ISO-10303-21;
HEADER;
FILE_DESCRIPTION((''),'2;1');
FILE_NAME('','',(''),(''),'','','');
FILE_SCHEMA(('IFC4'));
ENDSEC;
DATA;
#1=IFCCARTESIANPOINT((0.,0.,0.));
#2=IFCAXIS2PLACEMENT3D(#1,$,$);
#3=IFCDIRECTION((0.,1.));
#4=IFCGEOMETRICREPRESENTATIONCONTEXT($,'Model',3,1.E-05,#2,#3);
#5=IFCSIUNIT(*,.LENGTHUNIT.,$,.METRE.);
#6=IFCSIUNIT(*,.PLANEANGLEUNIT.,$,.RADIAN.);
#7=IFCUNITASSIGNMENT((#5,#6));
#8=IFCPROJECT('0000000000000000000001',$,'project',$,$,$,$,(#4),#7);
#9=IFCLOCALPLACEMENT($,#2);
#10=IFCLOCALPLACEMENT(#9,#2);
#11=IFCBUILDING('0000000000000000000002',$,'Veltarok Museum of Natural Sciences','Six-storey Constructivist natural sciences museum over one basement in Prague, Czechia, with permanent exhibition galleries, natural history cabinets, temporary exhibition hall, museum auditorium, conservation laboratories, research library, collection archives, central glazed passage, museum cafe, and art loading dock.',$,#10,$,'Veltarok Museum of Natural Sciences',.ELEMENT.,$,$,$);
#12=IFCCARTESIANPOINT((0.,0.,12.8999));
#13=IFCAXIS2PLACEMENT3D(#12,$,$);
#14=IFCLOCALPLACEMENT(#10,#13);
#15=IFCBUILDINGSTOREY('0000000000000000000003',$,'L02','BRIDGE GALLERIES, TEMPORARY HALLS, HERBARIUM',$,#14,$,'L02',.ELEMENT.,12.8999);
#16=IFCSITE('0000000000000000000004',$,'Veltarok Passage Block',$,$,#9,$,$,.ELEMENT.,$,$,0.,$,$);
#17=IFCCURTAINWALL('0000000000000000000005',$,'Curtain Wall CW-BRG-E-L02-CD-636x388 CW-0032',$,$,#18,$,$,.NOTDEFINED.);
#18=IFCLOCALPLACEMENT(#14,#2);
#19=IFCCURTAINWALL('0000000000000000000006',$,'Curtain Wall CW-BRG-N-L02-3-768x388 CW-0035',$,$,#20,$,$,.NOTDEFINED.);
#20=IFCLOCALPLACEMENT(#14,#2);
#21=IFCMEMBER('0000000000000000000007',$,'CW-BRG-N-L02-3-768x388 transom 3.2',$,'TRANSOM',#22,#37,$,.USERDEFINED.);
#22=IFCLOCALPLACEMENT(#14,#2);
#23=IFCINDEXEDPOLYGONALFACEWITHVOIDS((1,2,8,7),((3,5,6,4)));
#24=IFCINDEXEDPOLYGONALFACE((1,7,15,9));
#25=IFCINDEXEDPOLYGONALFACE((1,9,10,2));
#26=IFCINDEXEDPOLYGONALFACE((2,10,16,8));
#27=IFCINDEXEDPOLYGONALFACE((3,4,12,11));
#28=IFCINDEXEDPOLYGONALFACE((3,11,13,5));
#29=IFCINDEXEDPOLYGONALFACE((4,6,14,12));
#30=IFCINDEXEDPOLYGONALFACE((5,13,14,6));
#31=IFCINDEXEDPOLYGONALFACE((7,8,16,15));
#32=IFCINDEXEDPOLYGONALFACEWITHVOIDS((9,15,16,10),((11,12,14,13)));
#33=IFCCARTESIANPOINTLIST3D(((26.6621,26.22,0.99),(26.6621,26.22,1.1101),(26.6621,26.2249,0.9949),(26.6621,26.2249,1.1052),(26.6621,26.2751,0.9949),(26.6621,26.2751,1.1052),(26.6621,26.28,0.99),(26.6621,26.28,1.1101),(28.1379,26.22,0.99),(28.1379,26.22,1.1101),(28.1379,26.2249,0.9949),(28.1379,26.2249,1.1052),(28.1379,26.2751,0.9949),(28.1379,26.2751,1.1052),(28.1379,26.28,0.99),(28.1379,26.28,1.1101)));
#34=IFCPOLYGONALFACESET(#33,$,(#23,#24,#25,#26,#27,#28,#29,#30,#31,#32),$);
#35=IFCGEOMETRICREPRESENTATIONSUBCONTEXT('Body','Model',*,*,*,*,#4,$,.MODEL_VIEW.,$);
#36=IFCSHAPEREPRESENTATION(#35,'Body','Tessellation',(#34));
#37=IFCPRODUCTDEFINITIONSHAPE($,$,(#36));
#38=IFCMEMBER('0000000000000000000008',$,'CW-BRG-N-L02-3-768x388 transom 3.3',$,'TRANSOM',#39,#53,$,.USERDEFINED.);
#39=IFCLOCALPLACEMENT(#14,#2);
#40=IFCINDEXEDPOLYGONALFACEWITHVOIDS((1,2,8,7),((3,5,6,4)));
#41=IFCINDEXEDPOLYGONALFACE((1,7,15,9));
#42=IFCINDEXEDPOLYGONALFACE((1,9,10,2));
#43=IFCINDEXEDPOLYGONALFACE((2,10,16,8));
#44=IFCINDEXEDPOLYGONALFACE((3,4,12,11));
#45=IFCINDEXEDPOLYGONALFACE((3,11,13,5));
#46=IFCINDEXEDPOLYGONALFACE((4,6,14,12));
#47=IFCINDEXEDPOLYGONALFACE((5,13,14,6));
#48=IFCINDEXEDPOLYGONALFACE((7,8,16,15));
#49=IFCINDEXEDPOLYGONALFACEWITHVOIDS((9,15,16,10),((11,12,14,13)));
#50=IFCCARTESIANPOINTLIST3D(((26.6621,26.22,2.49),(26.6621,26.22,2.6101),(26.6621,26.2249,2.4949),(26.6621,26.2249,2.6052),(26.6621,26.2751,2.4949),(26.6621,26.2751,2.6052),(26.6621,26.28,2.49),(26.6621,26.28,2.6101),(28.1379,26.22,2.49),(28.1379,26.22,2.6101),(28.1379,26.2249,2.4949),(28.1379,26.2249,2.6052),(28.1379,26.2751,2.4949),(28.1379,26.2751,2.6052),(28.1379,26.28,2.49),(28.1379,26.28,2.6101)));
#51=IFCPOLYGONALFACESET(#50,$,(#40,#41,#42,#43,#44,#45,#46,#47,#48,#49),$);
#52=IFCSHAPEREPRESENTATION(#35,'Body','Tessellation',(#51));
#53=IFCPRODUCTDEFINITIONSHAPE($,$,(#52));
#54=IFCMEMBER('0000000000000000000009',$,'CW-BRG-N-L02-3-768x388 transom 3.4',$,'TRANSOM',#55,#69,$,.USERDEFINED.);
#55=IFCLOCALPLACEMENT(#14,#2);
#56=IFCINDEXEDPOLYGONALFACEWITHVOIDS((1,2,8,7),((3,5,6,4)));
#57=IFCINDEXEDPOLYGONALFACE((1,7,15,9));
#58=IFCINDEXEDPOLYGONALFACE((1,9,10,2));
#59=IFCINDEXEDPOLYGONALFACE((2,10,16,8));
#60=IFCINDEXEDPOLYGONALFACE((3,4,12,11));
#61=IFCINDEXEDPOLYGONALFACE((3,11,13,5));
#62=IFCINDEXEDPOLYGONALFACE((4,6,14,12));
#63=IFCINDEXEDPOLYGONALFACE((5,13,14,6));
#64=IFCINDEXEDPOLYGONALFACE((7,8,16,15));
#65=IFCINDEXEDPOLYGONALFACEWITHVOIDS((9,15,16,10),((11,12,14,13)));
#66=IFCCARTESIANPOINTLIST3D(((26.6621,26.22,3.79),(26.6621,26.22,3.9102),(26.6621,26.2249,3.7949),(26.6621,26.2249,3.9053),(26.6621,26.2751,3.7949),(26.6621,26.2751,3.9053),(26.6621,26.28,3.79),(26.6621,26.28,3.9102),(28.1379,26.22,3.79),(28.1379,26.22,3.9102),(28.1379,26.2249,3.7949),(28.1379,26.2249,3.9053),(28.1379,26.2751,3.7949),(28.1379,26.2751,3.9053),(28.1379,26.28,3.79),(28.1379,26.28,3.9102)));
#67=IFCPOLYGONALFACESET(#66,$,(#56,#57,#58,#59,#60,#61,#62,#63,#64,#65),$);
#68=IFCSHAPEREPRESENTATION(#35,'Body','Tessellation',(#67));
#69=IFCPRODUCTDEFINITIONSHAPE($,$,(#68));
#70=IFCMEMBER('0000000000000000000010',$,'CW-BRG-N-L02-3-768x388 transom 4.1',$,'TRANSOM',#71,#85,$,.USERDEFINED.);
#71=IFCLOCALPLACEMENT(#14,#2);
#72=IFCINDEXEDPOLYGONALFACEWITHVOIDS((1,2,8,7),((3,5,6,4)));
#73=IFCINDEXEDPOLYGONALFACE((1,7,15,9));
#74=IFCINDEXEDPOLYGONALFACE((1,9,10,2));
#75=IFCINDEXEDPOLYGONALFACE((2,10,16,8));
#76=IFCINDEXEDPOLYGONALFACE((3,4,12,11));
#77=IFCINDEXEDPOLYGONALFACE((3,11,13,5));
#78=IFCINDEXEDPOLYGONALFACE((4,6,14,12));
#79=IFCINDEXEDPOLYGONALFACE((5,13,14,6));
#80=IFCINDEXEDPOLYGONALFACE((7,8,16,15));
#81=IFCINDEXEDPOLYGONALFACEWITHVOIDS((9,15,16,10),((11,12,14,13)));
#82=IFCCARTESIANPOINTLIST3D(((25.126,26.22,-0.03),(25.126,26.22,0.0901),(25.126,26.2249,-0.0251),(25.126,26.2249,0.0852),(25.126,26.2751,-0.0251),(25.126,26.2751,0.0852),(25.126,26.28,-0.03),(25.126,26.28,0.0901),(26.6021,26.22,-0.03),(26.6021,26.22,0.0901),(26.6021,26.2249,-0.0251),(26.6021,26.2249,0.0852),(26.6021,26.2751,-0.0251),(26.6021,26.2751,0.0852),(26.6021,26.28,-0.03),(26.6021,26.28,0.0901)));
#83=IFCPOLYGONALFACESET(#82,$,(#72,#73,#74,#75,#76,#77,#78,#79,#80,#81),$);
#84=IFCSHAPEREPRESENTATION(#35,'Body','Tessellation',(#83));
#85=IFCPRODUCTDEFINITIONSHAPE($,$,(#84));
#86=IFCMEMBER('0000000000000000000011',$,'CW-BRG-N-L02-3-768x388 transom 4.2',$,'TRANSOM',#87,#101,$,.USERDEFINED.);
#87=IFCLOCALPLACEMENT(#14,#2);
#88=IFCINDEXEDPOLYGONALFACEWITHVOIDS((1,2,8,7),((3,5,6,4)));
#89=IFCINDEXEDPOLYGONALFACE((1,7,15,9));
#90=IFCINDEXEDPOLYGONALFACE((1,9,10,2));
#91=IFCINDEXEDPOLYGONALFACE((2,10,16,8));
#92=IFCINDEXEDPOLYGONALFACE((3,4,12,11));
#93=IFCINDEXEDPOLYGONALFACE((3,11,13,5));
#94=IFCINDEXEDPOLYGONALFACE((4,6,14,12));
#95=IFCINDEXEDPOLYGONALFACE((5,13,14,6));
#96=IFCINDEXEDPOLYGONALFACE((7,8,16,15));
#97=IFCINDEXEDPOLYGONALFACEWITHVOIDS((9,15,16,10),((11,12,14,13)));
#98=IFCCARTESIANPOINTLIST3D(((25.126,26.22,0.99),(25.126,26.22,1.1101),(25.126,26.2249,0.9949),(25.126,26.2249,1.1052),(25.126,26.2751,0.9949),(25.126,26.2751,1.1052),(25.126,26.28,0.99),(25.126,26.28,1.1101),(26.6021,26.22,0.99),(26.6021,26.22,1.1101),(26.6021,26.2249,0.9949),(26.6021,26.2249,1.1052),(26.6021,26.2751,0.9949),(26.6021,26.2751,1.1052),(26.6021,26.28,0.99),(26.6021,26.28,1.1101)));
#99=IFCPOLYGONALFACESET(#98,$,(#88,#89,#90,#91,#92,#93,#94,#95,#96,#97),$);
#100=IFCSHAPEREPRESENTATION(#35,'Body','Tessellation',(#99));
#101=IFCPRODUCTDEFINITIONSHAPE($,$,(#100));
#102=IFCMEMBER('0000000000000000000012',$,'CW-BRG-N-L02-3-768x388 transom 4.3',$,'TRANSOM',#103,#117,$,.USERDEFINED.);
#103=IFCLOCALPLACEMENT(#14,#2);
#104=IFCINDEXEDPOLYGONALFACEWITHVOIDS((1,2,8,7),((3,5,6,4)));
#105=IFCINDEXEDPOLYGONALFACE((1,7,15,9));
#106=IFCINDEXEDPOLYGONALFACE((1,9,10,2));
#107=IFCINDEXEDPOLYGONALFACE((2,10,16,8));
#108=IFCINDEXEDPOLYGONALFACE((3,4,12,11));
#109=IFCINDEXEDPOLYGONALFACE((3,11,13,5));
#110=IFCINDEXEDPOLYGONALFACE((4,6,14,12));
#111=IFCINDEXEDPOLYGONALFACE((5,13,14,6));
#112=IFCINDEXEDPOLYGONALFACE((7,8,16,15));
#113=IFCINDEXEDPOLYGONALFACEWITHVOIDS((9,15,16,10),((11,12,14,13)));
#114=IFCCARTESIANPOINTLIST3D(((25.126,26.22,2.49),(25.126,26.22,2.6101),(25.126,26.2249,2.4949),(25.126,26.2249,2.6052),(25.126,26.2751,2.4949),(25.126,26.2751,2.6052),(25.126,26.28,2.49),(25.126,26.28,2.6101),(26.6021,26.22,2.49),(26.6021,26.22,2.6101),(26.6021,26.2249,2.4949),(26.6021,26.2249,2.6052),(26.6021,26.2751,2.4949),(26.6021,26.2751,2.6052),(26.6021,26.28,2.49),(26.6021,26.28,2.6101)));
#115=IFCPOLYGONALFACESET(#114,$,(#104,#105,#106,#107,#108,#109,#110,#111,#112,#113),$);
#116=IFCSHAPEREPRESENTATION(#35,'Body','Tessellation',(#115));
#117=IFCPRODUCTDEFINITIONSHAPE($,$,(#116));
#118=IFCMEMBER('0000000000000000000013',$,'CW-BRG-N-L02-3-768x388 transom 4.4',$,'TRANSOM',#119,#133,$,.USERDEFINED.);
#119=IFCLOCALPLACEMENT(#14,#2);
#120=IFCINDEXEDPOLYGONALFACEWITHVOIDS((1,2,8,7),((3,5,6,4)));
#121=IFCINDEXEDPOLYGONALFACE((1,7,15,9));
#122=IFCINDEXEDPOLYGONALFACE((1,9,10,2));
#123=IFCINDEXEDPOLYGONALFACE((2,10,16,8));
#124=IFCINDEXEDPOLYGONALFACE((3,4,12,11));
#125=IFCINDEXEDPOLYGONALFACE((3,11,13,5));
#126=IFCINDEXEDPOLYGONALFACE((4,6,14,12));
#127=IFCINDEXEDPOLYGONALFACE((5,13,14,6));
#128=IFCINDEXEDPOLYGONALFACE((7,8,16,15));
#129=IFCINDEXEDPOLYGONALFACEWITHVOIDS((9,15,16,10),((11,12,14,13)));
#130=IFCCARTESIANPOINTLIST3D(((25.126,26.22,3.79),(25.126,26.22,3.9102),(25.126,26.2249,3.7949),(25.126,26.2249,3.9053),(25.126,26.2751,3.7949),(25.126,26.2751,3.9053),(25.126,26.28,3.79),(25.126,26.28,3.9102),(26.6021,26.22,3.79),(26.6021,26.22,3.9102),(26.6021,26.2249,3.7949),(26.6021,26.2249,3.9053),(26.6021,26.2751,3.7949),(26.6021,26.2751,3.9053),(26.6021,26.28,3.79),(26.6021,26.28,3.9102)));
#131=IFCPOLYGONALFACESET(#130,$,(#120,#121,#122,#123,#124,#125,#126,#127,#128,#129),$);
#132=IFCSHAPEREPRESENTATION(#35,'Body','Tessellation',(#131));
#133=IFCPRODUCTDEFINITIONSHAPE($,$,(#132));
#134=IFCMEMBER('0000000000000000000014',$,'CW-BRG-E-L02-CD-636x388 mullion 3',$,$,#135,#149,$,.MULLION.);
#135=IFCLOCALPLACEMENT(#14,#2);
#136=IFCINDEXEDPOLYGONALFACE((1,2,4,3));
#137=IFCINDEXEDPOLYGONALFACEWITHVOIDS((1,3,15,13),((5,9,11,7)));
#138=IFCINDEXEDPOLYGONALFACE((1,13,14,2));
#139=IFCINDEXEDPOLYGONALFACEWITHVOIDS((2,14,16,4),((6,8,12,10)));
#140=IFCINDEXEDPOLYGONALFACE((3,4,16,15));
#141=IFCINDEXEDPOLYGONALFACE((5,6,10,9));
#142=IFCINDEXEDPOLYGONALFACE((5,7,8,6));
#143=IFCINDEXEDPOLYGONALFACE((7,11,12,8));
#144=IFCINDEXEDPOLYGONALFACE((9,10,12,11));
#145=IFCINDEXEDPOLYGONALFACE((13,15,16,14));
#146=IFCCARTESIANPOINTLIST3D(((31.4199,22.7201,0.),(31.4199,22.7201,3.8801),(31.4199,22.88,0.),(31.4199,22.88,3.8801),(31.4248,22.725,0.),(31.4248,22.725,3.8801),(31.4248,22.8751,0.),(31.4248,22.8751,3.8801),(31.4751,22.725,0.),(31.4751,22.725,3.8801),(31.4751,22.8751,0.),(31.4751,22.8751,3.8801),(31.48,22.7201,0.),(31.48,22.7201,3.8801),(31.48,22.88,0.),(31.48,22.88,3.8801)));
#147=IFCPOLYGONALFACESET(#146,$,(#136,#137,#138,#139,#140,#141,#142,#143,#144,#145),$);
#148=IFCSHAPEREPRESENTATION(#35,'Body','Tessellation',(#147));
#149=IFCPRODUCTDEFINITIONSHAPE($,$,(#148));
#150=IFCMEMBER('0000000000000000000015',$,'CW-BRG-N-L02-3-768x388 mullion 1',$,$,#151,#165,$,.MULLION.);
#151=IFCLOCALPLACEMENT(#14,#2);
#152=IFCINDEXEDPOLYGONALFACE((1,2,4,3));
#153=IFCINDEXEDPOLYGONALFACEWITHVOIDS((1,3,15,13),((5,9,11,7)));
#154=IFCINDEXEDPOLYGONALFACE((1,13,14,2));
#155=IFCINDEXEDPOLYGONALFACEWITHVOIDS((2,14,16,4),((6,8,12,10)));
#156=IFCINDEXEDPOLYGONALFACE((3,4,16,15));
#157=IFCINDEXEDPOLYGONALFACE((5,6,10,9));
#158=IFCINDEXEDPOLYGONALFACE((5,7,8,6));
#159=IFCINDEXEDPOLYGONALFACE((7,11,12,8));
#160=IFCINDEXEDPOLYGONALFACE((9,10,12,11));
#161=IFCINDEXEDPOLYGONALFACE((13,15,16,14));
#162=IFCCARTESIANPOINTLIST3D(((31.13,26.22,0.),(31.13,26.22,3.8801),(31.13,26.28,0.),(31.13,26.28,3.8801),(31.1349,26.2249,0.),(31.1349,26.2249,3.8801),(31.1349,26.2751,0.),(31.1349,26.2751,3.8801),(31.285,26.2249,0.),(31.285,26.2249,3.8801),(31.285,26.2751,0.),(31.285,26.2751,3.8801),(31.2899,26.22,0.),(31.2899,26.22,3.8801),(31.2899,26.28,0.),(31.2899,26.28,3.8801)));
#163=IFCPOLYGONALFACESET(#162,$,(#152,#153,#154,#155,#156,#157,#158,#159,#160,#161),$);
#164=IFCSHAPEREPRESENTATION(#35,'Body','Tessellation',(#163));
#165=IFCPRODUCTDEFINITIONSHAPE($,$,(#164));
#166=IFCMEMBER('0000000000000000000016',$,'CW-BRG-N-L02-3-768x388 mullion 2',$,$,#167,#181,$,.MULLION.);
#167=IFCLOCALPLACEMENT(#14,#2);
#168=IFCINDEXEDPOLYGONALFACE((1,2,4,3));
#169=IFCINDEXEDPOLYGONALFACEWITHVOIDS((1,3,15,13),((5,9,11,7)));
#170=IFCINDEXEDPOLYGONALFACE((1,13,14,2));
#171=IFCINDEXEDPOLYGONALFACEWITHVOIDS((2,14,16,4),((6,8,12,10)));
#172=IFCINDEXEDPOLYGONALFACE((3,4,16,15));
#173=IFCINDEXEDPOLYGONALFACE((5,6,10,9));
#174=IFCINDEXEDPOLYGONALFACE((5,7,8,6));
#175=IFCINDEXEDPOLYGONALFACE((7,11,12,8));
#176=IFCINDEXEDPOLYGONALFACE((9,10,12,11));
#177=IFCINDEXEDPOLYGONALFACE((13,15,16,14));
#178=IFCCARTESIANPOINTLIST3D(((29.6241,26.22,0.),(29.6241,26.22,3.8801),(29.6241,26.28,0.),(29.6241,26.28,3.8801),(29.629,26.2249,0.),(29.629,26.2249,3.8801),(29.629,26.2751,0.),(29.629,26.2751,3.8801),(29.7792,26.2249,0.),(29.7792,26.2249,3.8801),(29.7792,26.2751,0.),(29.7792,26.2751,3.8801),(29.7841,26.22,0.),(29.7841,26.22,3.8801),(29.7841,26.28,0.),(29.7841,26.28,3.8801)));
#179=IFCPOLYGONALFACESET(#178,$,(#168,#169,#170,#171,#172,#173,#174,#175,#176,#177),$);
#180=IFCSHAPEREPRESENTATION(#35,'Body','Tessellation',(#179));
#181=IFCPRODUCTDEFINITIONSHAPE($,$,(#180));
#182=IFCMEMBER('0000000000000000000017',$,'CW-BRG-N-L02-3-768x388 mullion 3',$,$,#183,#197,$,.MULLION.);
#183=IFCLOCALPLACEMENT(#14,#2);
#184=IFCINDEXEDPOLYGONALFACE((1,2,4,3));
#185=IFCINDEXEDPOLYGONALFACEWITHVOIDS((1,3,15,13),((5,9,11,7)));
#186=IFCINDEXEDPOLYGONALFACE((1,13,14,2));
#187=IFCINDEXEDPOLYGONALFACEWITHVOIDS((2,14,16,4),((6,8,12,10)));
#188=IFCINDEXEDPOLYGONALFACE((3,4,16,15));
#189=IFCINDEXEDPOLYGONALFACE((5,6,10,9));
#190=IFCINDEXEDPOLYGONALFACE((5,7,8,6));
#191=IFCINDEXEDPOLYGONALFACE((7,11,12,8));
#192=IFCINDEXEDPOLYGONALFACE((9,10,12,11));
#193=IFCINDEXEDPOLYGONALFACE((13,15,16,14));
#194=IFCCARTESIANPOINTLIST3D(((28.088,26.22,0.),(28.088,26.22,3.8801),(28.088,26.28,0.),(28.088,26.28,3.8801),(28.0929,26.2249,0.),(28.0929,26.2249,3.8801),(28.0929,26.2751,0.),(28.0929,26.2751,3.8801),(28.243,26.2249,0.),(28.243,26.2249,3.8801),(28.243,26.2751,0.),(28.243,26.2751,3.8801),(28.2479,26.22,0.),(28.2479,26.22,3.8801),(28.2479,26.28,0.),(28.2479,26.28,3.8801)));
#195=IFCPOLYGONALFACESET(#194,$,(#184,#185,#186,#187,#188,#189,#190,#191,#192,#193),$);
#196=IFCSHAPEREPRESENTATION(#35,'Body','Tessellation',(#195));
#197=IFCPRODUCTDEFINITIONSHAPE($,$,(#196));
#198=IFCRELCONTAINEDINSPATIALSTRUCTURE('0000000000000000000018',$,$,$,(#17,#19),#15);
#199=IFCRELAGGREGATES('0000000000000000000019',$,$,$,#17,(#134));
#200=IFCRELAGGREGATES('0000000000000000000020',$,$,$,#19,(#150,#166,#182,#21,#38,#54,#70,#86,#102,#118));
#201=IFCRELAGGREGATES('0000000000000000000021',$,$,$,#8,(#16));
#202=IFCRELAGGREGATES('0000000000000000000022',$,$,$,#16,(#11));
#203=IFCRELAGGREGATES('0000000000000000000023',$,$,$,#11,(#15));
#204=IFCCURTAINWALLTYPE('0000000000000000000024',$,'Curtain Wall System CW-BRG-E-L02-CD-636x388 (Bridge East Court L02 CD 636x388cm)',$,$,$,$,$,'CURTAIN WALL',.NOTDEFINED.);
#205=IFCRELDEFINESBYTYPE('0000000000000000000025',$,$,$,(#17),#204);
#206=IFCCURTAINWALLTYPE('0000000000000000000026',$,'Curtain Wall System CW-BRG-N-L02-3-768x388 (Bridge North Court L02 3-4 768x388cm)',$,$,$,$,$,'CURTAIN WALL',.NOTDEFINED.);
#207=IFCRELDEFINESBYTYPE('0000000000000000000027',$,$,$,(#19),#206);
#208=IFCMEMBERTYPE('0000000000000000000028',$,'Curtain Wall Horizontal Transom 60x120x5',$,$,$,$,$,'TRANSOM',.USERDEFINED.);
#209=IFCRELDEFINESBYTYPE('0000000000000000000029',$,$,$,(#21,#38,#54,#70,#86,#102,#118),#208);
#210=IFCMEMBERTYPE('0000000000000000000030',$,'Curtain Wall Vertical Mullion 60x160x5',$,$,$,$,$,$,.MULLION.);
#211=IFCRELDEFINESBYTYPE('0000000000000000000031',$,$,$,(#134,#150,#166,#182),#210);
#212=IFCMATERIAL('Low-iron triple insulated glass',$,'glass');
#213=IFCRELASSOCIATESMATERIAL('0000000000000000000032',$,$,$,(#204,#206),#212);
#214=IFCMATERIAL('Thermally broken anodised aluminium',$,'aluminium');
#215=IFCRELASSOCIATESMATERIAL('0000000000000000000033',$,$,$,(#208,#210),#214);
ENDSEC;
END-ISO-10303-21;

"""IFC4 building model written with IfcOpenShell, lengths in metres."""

from ifc_helpers import new_model, si_unit, direction, frame, origin, origin_2d, place, context, subcontext, project, spatial, hollow_rectangle, extrude, material, material_profile, profile_set, type_object, element, aggregate, save


model = new_model("IFC4")

# Units and contexts
model_context = context("Model", 3, precision=1e-05, world=origin(), true_north=direction((0.0, 1.0)))
body_context = subcontext(model_context, "Body", "Model", "MODEL_VIEW")
ifc_project = project(units=[si_unit("LENGTHUNIT", "METRE"), si_unit("PLANEANGLEUNIT", "RADIAN")], contexts=[model_context])

# Site, building, storey
site_placement = place(None, origin())
site = spatial("IfcSite", under=ifc_project, at=site_placement, Name="Veltarok Passage Block", CompositionType="ELEMENT", RefElevation=0.0)
building_placement = place(site_placement, origin())
building = spatial("IfcBuilding", under=site, at=building_placement, Name="Veltarok Museum of Natural Sciences", Description="Six-storey Constructivist natural sciences museum over one basement in Prague, Czechia, with permanent exhibition galleries, natural history cabinets, temporary exhibition hall, museum auditorium, conservation laboratories, research library, collection archives, central glazed passage, museum cafe, and art loading dock.", LongName="Veltarok Museum of Natural Sciences", CompositionType="ELEMENT")
storey_placement = place(building_placement, frame((0.0, 0.0, 12.8999)))
storey = spatial("IfcBuildingStorey", under=building, at=storey_placement, Name="L02", Description="BRIDGE GALLERIES, TEMPORARY HALLS, HERBARIUM", LongName="L02", CompositionType="ELEMENT", Elevation=12.8999)

# Curtain walls, members
ifc_material_1 = material(Name="Low-iron triple insulated glass", Category="glass")
curtain_wall_type_1 = type_object("IfcCurtainWallType", Name="Curtain Wall System CW-BRG-E-L02-CD-636x388 (Bridge East Court L02 CD 636x388cm)", ElementType="CURTAIN WALL", PredefinedType="NOTDEFINED", material=ifc_material_1)
curtain_wall_1_placement = place(storey_placement, origin())
curtain_wall_1 = element("IfcCurtainWall", 1, at=curtain_wall_1_placement, inside=storey, type_object=curtain_wall_type_1, Name="Curtain Wall CW-BRG-E-L02-CD-636x388 CW-0032", PredefinedType="NOTDEFINED")
ifc_material_2 = material(Name="Thermally broken anodised aluminium", Category="aluminium")
ifc_material_profile_1 = material_profile(ifc_material_2, hollow_rectangle(XDim=0.0601, YDim=0.1201, WallThickness=0.0049, at=origin_2d()), Name="CW TRANSOM 60x120x5")
ifc_profile_set_1 = profile_set([ifc_material_profile_1], Name="Thermally broken anodised aluminium")
member_type_1 = type_object("IfcMemberType", Name="Curtain Wall Horizontal Transom 60x120x5", ElementType="TRANSOM", PredefinedType="USERDEFINED", material=ifc_profile_set_1)
curtain_wall_type_2 = type_object("IfcCurtainWallType", Name="Curtain Wall System CW-BRG-N-L02-3-768x388 (Bridge North Court L02 3-4 768x388cm)", ElementType="CURTAIN WALL", PredefinedType="NOTDEFINED", material=ifc_material_1)
curtain_wall_2_placement = place(storey_placement, origin())
curtain_wall_2 = element("IfcCurtainWall", 2, at=curtain_wall_2_placement, inside=storey, type_object=curtain_wall_type_2, Name="Curtain Wall CW-BRG-N-L02-3-768x388 CW-0035", PredefinedType="NOTDEFINED")
member_1_placement = place(storey_placement, frame((28.1379, 26.25, 1.05), z_axis=(-1.0, 0.0, 0.0), x_axis=(0.0, -1.0, 0.0)))
member_1 = element("IfcMember", 3, at=member_1_placement, type_object=member_type_1, Name="CW-BRG-N-L02-3-768x388 transom 3.2", ObjectType="TRANSOM", PredefinedType="USERDEFINED", context=body_context, shape_type="SweptSolid", body=[
    extrude(hollow_rectangle(XDim=0.0601, YDim=0.1201, WallThickness=0.0049, at=origin_2d()), origin(), (0.0, 0.0, 1.0), 1.4758),
])
member_2_placement = place(storey_placement, frame((28.1379, 26.25, 2.55), z_axis=(-1.0, 0.0, 0.0), x_axis=(0.0, -1.0, 0.0)))
member_2 = element("IfcMember", 4, at=member_2_placement, type_object=member_type_1, Name="CW-BRG-N-L02-3-768x388 transom 3.3", ObjectType="TRANSOM", PredefinedType="USERDEFINED", context=body_context, shape_type="SweptSolid", body=[
    extrude(hollow_rectangle(XDim=0.0601, YDim=0.1201, WallThickness=0.0049, at=origin_2d()), origin(), (0.0, 0.0, 1.0), 1.4758),
])
member_3_placement = place(storey_placement, frame((28.1379, 26.25, 3.8501), z_axis=(-1.0, 0.0, 0.0), x_axis=(0.0, -1.0, 0.0)))
member_3 = element("IfcMember", 5, at=member_3_placement, type_object=member_type_1, Name="CW-BRG-N-L02-3-768x388 transom 3.4", ObjectType="TRANSOM", PredefinedType="USERDEFINED", context=body_context, shape_type="SweptSolid", body=[
    extrude(hollow_rectangle(XDim=0.0601, YDim=0.1201, WallThickness=0.0049, at=origin_2d()), origin(), (0.0, 0.0, 1.0), 1.4758),
])
member_4_placement = place(storey_placement, frame((26.6021, 26.25, 0.03), z_axis=(-1.0, 0.0, 0.0), x_axis=(0.0, -1.0, 0.0)))
member_4 = element("IfcMember", 6, at=member_4_placement, type_object=member_type_1, Name="CW-BRG-N-L02-3-768x388 transom 4.1", ObjectType="TRANSOM", PredefinedType="USERDEFINED", context=body_context, shape_type="SweptSolid", body=[
    extrude(hollow_rectangle(XDim=0.0601, YDim=0.1201, WallThickness=0.0049, at=origin_2d()), origin(), (0.0, 0.0, 1.0), 1.4761),
])
member_5_placement = place(storey_placement, frame((26.6021, 26.25, 1.05), z_axis=(-1.0, 0.0, 0.0), x_axis=(0.0, -1.0, 0.0)))
member_5 = element("IfcMember", 7, at=member_5_placement, type_object=member_type_1, Name="CW-BRG-N-L02-3-768x388 transom 4.2", ObjectType="TRANSOM", PredefinedType="USERDEFINED", context=body_context, shape_type="SweptSolid", body=[
    extrude(hollow_rectangle(XDim=0.0601, YDim=0.1201, WallThickness=0.0049, at=origin_2d()), origin(), (0.0, 0.0, 1.0), 1.4761),
])
member_6_placement = place(storey_placement, frame((26.6021, 26.25, 2.55), z_axis=(-1.0, 0.0, 0.0), x_axis=(0.0, -1.0, 0.0)))
member_6 = element("IfcMember", 8, at=member_6_placement, type_object=member_type_1, Name="CW-BRG-N-L02-3-768x388 transom 4.3", ObjectType="TRANSOM", PredefinedType="USERDEFINED", context=body_context, shape_type="SweptSolid", body=[
    extrude(hollow_rectangle(XDim=0.0601, YDim=0.1201, WallThickness=0.0049, at=origin_2d()), origin(), (0.0, 0.0, 1.0), 1.4761),
])
member_7_placement = place(storey_placement, frame((26.6021, 26.25, 3.8501), z_axis=(-1.0, 0.0, 0.0), x_axis=(0.0, -1.0, 0.0)))
member_7 = element("IfcMember", 9, at=member_7_placement, type_object=member_type_1, Name="CW-BRG-N-L02-3-768x388 transom 4.4", ObjectType="TRANSOM", PredefinedType="USERDEFINED", context=body_context, shape_type="SweptSolid", body=[
    extrude(hollow_rectangle(XDim=0.0601, YDim=0.1201, WallThickness=0.0049, at=origin_2d()), origin(), (0.0, 0.0, 1.0), 1.4761),
])

# Members
ifc_material_profile_2 = material_profile(ifc_material_2, hollow_rectangle(XDim=0.0601, YDim=0.1599, WallThickness=0.0049, at=origin_2d()), Name="CW MULLION 60x160x5")
ifc_profile_set_2 = profile_set([ifc_material_profile_2], Name="Thermally broken anodised aluminium")
member_type_2 = type_object("IfcMemberType", Name="Curtain Wall Vertical Mullion 60x160x5", PredefinedType="MULLION", material=ifc_profile_set_2)
member_8_placement = place(storey_placement, frame((31.45, 22.8, 0.0), z_axis=(0.0, 0.0, 1.0), x_axis=(-1.0, 0.0, 0.0)))
member_8 = element("IfcMember", 10, at=member_8_placement, type_object=member_type_2, Name="CW-BRG-E-L02-CD-636x388 mullion 3", PredefinedType="MULLION", context=body_context, shape_type="SweptSolid", body=[
    extrude(hollow_rectangle(XDim=0.0601, YDim=0.1599, WallThickness=0.0049, at=origin_2d()), origin(), (0.0, 0.0, 1.0), 3.8801),
])
member_9_placement = place(storey_placement, frame((31.21, 26.25, 0.0), z_axis=(0.0, 0.0, 1.0), x_axis=(0.0, -1.0, 0.0)))
member_9 = element("IfcMember", 11, at=member_9_placement, type_object=member_type_2, Name="CW-BRG-N-L02-3-768x388 mullion 1", PredefinedType="MULLION", context=body_context, shape_type="SweptSolid", body=[
    extrude(hollow_rectangle(XDim=0.0601, YDim=0.1599, WallThickness=0.0049, at=origin_2d()), origin(), (0.0, 0.0, 1.0), 3.8801),
])
member_10_placement = place(storey_placement, frame((29.7041, 26.25, 0.0), z_axis=(0.0, 0.0, 1.0), x_axis=(0.0, -1.0, 0.0)))
member_10 = element("IfcMember", 12, at=member_10_placement, type_object=member_type_2, Name="CW-BRG-N-L02-3-768x388 mullion 2", PredefinedType="MULLION", context=body_context, shape_type="SweptSolid", body=[
    extrude(hollow_rectangle(XDim=0.0601, YDim=0.1599, WallThickness=0.0049, at=origin_2d()), origin(), (0.0, 0.0, 1.0), 3.8801),
])
member_11_placement = place(storey_placement, frame((28.168, 26.25, 0.0), z_axis=(0.0, 0.0, 1.0), x_axis=(0.0, -1.0, 0.0)))
member_11 = element("IfcMember", 13, at=member_11_placement, type_object=member_type_2, Name="CW-BRG-N-L02-3-768x388 mullion 3", PredefinedType="MULLION", context=body_context, shape_type="SweptSolid", body=[
    extrude(hollow_rectangle(XDim=0.0601, YDim=0.1599, WallThickness=0.0049, at=origin_2d()), origin(), (0.0, 0.0, 1.0), 3.8801),
])

aggregate(curtain_wall_1, [member_8])
aggregate(curtain_wall_2, [member_9, member_10, member_11, member_1, member_2, member_3, member_4, member_5, member_6, member_7])

save(model, "model.ifc")
